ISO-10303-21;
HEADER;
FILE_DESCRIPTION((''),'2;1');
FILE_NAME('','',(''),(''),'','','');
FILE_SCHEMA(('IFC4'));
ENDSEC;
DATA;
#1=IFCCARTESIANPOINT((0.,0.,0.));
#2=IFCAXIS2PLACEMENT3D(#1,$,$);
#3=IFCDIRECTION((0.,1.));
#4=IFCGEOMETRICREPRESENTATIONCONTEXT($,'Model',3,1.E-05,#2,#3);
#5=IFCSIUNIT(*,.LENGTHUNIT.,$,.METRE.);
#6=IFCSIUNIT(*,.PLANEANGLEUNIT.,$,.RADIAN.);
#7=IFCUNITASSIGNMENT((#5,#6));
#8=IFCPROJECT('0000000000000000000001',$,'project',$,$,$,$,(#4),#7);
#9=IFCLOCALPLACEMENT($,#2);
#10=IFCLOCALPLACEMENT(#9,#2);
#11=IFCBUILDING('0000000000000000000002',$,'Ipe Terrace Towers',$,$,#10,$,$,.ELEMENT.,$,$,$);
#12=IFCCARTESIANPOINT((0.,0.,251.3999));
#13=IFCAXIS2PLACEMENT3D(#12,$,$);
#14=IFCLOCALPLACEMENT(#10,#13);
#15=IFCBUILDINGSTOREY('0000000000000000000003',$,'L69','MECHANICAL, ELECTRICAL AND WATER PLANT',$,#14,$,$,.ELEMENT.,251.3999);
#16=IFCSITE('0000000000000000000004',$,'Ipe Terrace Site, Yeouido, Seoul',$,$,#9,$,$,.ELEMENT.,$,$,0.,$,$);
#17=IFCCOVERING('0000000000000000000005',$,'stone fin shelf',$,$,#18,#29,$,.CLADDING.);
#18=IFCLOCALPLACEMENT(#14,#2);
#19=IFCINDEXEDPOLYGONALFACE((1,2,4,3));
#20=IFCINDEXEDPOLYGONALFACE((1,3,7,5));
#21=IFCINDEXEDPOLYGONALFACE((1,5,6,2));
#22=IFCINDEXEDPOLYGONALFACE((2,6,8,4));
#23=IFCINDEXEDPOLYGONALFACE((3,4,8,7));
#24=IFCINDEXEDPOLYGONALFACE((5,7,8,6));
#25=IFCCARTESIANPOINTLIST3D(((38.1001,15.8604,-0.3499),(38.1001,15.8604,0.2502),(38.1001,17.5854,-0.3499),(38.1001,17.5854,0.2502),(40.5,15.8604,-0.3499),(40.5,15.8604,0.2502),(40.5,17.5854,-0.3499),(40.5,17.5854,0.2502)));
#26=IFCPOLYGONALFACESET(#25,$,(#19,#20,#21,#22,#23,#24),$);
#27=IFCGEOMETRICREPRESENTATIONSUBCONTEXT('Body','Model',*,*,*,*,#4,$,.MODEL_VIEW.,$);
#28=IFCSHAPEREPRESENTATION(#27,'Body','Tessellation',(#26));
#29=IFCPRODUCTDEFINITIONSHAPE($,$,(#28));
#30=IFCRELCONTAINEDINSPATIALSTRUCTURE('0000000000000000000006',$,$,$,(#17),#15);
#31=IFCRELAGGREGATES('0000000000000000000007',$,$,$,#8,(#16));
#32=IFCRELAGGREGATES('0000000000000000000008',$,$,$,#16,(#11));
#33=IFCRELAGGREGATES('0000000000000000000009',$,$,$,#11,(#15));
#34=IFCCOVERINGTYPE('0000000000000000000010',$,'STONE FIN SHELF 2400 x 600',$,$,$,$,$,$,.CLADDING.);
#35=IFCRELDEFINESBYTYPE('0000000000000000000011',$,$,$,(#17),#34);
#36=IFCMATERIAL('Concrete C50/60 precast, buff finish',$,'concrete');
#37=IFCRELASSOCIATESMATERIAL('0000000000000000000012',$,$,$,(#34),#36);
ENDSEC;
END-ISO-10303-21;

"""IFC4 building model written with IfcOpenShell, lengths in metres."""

from ifc_helpers import new_model, si_unit, direction, frame, origin, origin_2d, place, context, subcontext, project, spatial, rectangle, extrude, material, type_object, element, save


model = new_model("IFC4")

# Units and contexts
model_context = context("Model", 3, precision=1e-05, world=origin(), true_north=direction((0.0, 1.0)))
body_context = subcontext(model_context, "Body", "Model", "MODEL_VIEW")
ifc_project = project(units=[si_unit("LENGTHUNIT", "METRE"), si_unit("PLANEANGLEUNIT", "RADIAN")], contexts=[model_context])

# Site, building, storey
site_placement = place(None, origin())
site = spatial("IfcSite", under=ifc_project, at=site_placement, Name="Ipe Terrace Site, Yeouido, Seoul", CompositionType="ELEMENT", RefElevation=0.0)
building_placement = place(site_placement, origin())
building = spatial("IfcBuilding", under=site, at=building_placement, Name="Ipe Terrace Towers", CompositionType="ELEMENT")
storey_placement = place(building_placement, frame((0.0, 0.0, 251.3999)))
storey = spatial("IfcBuildingStorey", under=building, at=storey_placement, Name="L69", Description="MECHANICAL, ELECTRICAL AND WATER PLANT", CompositionType="ELEMENT", Elevation=251.3999)

# Covering
ifc_material_1 = material(Name="Concrete C50/60 precast, buff finish", Category="concrete")
covering_type_1 = type_object("IfcCoveringType", Name="STONE FIN SHELF 2400 x 600", PredefinedType="CLADDING", material=ifc_material_1)
covering_1_placement = place(storey_placement, frame((39.3, 16.7229, -0.3499), z_axis=(0.0, 0.0, 1.0), x_axis=(-1.0, 0.0, 0.0)))
element("IfcCovering", 1, at=covering_1_placement, inside=storey, type_object=covering_type_1, Name="stone fin shelf", PredefinedType="CLADDING", context=body_context, shape_type="SweptSolid", body=[
    extrude(rectangle(XDim=2.3999, YDim=1.7251, at=origin_2d()), origin(), (0.0, 0.0, 1.0), 0.6001),
])

save(model, "model.ifc")
